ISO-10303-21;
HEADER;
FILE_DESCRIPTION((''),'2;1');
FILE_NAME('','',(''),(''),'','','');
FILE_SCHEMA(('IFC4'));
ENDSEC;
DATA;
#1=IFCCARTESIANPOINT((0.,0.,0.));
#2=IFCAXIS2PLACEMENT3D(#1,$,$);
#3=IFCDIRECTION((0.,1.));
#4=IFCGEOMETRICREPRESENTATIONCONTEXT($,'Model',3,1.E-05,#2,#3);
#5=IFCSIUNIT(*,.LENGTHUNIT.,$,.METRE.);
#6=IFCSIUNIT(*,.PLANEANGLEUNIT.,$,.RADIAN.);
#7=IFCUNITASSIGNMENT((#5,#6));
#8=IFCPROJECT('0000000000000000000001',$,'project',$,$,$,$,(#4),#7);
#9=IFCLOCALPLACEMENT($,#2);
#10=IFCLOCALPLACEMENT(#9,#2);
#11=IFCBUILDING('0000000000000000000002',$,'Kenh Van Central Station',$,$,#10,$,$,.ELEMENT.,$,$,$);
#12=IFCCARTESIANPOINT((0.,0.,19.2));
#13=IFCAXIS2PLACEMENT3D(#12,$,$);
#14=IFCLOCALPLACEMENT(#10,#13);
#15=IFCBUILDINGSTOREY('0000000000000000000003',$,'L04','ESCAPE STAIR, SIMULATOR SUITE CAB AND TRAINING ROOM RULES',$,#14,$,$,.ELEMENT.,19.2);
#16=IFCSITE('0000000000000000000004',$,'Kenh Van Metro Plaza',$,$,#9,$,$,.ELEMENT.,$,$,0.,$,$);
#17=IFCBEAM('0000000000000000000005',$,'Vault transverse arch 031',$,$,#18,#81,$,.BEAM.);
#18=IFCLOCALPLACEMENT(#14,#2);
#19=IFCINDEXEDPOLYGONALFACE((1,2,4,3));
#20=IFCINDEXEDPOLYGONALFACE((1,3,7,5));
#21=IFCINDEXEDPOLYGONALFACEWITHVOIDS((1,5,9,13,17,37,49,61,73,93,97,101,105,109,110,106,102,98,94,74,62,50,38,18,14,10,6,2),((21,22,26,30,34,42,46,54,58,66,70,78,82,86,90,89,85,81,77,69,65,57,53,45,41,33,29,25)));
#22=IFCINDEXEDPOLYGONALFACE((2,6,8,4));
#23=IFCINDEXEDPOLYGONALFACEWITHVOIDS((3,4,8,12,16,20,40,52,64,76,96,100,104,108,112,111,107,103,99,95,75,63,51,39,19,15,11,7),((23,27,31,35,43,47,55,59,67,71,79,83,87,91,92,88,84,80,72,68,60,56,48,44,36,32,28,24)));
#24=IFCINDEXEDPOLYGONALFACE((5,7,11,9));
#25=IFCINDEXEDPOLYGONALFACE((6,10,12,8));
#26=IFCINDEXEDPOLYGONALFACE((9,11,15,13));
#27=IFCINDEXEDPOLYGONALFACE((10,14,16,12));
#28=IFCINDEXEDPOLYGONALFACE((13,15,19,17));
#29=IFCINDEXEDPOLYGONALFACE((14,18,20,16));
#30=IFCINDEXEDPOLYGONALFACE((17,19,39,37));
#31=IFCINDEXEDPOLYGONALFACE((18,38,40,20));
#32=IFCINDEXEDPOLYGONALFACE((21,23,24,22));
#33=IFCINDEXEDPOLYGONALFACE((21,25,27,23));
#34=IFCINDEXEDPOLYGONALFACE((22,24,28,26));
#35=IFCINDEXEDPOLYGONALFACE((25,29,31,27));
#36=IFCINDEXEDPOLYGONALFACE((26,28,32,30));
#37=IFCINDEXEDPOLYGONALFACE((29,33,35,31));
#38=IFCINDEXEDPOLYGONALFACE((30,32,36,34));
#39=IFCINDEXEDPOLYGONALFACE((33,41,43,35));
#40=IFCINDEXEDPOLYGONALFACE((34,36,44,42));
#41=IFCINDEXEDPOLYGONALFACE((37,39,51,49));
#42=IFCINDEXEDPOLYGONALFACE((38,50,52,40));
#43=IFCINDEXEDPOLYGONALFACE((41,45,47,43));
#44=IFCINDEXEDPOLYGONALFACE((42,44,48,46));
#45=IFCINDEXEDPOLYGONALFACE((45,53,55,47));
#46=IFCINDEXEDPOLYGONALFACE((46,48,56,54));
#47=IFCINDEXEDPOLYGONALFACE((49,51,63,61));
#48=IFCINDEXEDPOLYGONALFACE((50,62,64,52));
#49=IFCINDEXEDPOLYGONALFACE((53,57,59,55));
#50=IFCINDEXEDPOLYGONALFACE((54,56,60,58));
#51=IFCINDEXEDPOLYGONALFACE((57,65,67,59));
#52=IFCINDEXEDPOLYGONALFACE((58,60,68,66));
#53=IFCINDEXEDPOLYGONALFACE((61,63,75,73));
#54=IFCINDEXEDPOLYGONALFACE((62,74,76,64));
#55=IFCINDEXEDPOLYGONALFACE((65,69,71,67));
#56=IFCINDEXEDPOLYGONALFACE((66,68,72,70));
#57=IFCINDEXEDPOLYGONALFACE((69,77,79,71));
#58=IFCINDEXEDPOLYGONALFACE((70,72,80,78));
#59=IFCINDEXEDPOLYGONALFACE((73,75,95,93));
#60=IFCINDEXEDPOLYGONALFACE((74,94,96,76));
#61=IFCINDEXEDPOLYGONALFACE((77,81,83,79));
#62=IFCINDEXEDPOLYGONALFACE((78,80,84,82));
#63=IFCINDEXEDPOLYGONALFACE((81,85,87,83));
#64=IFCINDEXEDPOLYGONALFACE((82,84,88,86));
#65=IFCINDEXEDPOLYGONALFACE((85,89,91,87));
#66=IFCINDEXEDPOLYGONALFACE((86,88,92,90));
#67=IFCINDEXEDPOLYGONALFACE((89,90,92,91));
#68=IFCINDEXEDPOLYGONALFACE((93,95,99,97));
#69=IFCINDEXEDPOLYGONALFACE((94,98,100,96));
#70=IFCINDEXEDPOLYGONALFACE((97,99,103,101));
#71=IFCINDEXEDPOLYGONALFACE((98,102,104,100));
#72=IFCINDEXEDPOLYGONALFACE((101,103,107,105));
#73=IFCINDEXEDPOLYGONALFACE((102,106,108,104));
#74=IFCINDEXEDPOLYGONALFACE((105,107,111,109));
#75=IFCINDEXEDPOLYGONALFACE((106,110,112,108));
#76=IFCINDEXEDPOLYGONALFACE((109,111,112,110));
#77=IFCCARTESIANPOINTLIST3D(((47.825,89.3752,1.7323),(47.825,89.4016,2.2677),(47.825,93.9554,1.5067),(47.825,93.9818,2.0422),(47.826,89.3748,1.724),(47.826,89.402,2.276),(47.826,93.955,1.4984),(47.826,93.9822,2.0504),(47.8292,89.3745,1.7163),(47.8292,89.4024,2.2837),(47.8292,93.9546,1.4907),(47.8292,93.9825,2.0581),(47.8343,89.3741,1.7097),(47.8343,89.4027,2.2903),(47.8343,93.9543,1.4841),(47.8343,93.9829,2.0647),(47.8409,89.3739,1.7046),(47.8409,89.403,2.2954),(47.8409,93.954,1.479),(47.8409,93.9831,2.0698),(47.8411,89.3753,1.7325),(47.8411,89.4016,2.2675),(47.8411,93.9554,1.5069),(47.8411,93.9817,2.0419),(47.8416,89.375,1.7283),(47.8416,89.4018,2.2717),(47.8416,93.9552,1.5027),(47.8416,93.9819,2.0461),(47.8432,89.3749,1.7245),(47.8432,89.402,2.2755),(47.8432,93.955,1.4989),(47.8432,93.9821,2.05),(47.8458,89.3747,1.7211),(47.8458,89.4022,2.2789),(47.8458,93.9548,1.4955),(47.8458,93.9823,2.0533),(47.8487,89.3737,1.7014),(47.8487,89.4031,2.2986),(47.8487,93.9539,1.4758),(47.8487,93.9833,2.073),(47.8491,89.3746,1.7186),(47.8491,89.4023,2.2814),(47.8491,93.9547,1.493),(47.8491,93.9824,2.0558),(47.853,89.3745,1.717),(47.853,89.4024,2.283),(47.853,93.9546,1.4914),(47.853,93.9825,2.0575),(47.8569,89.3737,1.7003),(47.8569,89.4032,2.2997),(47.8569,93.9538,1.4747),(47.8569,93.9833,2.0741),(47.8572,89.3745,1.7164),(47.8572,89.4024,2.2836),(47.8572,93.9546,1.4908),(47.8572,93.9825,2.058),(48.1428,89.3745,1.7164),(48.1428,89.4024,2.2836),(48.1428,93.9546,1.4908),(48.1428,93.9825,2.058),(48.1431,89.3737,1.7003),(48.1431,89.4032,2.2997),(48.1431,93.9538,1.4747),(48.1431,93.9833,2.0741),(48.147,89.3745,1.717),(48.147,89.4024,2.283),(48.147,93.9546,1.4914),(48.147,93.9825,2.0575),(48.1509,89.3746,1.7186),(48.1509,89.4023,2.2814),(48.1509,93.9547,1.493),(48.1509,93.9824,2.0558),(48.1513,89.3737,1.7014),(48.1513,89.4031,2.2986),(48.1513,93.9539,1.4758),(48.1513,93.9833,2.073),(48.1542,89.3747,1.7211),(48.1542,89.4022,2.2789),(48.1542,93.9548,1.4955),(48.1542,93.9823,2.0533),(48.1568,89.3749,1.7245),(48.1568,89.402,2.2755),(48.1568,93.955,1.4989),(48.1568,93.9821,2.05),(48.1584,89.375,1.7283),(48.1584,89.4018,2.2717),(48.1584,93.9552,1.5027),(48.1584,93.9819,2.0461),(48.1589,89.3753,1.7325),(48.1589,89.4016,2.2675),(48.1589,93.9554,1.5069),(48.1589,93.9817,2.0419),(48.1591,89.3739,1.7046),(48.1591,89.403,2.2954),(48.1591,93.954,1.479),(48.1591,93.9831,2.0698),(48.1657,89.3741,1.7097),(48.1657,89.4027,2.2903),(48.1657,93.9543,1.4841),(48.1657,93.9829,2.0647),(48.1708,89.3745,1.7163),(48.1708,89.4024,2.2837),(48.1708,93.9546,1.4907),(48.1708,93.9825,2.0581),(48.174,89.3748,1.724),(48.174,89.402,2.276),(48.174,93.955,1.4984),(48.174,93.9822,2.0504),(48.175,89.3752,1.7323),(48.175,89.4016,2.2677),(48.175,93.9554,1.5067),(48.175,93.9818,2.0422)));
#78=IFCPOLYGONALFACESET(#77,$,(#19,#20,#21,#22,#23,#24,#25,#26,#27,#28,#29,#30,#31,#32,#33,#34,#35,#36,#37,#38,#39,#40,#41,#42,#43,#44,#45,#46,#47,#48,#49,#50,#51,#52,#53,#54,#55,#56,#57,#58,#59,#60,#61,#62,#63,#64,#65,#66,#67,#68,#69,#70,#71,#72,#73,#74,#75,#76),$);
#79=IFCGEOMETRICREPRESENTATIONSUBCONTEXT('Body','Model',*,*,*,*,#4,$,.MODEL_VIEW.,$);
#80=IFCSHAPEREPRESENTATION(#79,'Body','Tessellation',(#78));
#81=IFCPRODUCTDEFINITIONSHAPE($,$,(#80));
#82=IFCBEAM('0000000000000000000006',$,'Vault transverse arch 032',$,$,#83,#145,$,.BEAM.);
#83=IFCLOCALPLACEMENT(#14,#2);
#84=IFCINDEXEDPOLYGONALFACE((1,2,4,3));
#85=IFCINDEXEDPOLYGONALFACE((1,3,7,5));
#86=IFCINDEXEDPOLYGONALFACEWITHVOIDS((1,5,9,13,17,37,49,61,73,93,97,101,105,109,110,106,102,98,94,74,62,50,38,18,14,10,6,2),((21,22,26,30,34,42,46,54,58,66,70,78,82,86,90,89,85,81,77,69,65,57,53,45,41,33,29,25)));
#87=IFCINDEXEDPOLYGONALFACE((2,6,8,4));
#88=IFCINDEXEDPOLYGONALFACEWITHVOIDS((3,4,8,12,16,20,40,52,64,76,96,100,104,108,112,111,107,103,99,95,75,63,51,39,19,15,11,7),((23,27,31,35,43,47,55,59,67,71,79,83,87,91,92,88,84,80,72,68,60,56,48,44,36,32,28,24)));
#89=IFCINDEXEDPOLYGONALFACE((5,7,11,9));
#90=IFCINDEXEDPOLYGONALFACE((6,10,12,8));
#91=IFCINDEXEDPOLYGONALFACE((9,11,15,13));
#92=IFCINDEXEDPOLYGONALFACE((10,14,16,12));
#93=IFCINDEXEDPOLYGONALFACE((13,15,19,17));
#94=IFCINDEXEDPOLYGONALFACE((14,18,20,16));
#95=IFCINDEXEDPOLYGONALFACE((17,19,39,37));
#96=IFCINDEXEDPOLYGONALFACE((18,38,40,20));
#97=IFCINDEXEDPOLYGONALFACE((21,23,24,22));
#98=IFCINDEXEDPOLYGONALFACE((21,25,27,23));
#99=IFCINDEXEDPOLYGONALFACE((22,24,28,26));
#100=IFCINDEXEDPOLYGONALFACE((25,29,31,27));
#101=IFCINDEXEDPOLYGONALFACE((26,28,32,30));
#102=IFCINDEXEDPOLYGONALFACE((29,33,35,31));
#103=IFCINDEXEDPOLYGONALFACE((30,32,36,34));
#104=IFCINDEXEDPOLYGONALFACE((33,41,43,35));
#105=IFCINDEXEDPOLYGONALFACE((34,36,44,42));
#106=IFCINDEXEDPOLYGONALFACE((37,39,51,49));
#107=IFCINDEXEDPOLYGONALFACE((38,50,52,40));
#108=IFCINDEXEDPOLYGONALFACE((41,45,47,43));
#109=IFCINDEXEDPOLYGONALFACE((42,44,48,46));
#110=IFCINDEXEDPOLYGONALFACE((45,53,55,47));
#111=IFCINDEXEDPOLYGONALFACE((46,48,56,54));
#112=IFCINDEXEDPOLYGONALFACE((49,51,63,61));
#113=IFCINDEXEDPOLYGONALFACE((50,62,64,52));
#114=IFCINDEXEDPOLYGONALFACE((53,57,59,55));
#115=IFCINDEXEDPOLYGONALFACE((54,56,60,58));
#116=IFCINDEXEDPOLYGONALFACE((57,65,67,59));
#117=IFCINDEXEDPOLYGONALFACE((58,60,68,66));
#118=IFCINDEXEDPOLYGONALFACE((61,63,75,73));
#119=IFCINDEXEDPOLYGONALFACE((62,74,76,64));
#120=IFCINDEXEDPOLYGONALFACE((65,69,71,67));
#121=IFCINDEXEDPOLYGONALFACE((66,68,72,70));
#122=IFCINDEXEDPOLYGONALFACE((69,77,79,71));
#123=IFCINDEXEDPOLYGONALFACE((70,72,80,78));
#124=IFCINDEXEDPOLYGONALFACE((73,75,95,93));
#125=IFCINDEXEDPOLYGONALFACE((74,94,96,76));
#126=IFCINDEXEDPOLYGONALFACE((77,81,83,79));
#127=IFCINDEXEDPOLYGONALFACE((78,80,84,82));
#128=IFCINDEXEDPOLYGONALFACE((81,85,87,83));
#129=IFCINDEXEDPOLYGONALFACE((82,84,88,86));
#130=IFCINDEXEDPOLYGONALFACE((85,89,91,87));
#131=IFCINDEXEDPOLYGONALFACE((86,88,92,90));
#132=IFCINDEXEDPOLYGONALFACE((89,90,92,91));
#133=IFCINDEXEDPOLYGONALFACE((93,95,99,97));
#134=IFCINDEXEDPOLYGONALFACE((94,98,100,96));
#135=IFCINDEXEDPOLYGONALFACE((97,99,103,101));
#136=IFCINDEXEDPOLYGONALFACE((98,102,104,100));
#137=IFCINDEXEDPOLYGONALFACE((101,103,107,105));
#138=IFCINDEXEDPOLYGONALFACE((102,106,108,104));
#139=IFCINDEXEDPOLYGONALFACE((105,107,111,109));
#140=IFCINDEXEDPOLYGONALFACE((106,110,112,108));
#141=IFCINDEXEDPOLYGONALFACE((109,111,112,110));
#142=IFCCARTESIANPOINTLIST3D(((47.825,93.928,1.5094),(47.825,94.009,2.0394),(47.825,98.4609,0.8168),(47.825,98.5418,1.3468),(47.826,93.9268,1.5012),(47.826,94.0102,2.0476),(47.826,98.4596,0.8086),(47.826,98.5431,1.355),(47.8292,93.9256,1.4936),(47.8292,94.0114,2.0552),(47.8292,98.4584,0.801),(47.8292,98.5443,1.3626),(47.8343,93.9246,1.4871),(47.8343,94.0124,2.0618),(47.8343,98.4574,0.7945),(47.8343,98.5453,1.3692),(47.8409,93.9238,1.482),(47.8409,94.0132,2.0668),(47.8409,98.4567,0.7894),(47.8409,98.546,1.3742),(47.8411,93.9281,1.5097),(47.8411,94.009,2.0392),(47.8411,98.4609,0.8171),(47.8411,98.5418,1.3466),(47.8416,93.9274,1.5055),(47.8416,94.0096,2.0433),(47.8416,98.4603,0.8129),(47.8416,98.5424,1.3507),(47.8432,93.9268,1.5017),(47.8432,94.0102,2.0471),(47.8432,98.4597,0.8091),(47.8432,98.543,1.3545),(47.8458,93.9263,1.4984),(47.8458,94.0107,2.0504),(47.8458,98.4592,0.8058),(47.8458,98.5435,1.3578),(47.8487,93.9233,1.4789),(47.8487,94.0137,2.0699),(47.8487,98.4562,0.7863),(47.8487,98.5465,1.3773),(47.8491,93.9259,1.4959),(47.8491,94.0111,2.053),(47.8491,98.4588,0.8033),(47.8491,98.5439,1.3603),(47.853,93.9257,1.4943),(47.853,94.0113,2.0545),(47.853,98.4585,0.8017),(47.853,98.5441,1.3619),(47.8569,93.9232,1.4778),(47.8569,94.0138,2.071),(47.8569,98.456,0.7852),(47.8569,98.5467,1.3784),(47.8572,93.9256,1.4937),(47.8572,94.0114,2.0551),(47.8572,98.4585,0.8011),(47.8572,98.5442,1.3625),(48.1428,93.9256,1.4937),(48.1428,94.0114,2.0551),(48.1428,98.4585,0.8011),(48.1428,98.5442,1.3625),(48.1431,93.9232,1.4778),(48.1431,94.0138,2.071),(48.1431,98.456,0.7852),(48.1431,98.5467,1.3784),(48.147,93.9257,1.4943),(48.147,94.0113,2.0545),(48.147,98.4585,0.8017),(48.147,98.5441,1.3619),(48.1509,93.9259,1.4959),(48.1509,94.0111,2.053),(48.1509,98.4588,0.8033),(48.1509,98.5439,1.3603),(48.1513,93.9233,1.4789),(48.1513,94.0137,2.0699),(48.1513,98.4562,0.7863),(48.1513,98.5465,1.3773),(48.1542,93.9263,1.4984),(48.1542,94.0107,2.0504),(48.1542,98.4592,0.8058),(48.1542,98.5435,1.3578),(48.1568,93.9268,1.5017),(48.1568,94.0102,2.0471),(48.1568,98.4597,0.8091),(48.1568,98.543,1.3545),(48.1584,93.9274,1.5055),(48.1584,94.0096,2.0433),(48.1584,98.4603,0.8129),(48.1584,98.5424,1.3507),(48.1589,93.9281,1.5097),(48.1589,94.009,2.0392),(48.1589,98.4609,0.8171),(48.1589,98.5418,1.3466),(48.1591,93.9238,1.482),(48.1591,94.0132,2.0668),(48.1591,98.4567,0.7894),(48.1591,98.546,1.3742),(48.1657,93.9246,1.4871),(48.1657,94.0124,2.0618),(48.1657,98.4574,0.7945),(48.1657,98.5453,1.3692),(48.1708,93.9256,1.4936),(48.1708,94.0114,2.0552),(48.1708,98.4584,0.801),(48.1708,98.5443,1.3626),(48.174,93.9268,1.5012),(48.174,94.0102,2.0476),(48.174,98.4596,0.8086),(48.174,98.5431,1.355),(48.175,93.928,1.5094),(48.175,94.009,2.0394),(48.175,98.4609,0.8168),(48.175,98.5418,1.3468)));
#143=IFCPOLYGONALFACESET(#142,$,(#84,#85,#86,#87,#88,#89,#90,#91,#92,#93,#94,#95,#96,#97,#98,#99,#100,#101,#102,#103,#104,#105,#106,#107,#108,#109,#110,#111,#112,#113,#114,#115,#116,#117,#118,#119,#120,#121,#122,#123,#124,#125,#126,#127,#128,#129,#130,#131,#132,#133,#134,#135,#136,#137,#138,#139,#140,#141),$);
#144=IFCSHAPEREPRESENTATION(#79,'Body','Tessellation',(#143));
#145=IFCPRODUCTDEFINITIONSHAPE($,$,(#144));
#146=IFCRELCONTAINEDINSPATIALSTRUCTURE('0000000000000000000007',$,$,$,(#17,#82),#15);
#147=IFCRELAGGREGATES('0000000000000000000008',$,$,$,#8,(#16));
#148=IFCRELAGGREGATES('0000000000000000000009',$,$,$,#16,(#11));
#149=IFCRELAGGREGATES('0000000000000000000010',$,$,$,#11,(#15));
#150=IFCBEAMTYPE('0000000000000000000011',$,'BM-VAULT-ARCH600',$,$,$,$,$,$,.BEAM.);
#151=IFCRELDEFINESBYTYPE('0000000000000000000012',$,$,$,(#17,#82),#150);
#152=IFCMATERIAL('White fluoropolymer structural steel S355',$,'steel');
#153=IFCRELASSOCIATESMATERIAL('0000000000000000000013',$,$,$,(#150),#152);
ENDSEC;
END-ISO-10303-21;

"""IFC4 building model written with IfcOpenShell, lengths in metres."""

from ifc_helpers import new_model, si_unit, direction, frame, origin, origin_2d, place, context, subcontext, project, spatial, hollow_rectangle, extrude, material, material_profile, profile_set, type_object, element, save


model = new_model("IFC4")

# Units and contexts
model_context = context("Model", 3, precision=1e-05, world=origin(), true_north=direction((0.0, 1.0)))
body_context = subcontext(model_context, "Body", "Model", "MODEL_VIEW")
ifc_project = project(units=[si_unit("LENGTHUNIT", "METRE"), si_unit("PLANEANGLEUNIT", "RADIAN")], contexts=[model_context])

# Site, building, storey
site_placement = place(None, origin())
site = spatial("IfcSite", under=ifc_project, at=site_placement, Name="Kenh Van Metro Plaza", CompositionType="ELEMENT", RefElevation=0.0)
building_placement = place(site_placement, origin())
building = spatial("IfcBuilding", under=site, at=building_placement, Name="Kenh Van Central Station", CompositionType="ELEMENT")
storey_placement = place(building_placement, frame((0.0, 0.0, 19.2)))
storey = spatial("IfcBuildingStorey", under=building, at=storey_placement, Name="L04", Description="ESCAPE STAIR, SIMULATOR SUITE CAB AND TRAINING ROOM RULES", CompositionType="ELEMENT", Elevation=19.2)

# Beams
ifc_material_1 = material(Name="White fluoropolymer structural steel S355", Category="steel")
ifc_material_profile_1 = material_profile(ifc_material_1, hollow_rectangle(XDim=0.3501, YDim=0.6001, WallThickness=0.0161, InnerFilletRadius=0.0161, OuterFilletRadius=0.032, at=origin_2d()), Name="RHS 600x350x16")
ifc_profile_set_1 = profile_set([ifc_material_profile_1], Name="White fluoropolymer structural steel S355")
beam_type = type_object("IfcBeamType", Name="BM-VAULT-ARCH600", PredefinedType="BEAM", material=ifc_profile_set_1)
beam_1_placement = place(storey_placement, frame((48.0, 89.3884, 2.0), z_axis=(0.0, 0.998789, -0.049194), x_axis=(-1.0, 0.0, 0.0)))
element("IfcBeam", 1, at=beam_1_placement, inside=storey, type_object=beam_type, Name="Vault transverse arch 031", PredefinedType="BEAM", context=body_context, shape_type="SweptSolid", body=[
    extrude(hollow_rectangle(XDim=0.3501, YDim=0.6001, WallThickness=0.0161, InnerFilletRadius=0.0161, OuterFilletRadius=0.032, at=origin_2d()), origin(), (0.0, 0.0, 1.0), 4.5857),
])
beam_2_placement = place(storey_placement, frame((48.0, 93.9685, 1.7744), z_axis=(0.0, 0.988527, -0.151045), x_axis=(-1.0, 0.0, 0.0)))
element("IfcBeam", 2, at=beam_2_placement, inside=storey, type_object=beam_type, Name="Vault transverse arch 032", PredefinedType="BEAM", context=body_context, shape_type="SweptSolid", body=[
    extrude(hollow_rectangle(XDim=0.3501, YDim=0.6001, WallThickness=0.0161, InnerFilletRadius=0.0161, OuterFilletRadius=0.032, at=origin_2d()), origin(), (0.0, 0.0, 1.0), 4.5854),
])

save(model, "model.ifc")
